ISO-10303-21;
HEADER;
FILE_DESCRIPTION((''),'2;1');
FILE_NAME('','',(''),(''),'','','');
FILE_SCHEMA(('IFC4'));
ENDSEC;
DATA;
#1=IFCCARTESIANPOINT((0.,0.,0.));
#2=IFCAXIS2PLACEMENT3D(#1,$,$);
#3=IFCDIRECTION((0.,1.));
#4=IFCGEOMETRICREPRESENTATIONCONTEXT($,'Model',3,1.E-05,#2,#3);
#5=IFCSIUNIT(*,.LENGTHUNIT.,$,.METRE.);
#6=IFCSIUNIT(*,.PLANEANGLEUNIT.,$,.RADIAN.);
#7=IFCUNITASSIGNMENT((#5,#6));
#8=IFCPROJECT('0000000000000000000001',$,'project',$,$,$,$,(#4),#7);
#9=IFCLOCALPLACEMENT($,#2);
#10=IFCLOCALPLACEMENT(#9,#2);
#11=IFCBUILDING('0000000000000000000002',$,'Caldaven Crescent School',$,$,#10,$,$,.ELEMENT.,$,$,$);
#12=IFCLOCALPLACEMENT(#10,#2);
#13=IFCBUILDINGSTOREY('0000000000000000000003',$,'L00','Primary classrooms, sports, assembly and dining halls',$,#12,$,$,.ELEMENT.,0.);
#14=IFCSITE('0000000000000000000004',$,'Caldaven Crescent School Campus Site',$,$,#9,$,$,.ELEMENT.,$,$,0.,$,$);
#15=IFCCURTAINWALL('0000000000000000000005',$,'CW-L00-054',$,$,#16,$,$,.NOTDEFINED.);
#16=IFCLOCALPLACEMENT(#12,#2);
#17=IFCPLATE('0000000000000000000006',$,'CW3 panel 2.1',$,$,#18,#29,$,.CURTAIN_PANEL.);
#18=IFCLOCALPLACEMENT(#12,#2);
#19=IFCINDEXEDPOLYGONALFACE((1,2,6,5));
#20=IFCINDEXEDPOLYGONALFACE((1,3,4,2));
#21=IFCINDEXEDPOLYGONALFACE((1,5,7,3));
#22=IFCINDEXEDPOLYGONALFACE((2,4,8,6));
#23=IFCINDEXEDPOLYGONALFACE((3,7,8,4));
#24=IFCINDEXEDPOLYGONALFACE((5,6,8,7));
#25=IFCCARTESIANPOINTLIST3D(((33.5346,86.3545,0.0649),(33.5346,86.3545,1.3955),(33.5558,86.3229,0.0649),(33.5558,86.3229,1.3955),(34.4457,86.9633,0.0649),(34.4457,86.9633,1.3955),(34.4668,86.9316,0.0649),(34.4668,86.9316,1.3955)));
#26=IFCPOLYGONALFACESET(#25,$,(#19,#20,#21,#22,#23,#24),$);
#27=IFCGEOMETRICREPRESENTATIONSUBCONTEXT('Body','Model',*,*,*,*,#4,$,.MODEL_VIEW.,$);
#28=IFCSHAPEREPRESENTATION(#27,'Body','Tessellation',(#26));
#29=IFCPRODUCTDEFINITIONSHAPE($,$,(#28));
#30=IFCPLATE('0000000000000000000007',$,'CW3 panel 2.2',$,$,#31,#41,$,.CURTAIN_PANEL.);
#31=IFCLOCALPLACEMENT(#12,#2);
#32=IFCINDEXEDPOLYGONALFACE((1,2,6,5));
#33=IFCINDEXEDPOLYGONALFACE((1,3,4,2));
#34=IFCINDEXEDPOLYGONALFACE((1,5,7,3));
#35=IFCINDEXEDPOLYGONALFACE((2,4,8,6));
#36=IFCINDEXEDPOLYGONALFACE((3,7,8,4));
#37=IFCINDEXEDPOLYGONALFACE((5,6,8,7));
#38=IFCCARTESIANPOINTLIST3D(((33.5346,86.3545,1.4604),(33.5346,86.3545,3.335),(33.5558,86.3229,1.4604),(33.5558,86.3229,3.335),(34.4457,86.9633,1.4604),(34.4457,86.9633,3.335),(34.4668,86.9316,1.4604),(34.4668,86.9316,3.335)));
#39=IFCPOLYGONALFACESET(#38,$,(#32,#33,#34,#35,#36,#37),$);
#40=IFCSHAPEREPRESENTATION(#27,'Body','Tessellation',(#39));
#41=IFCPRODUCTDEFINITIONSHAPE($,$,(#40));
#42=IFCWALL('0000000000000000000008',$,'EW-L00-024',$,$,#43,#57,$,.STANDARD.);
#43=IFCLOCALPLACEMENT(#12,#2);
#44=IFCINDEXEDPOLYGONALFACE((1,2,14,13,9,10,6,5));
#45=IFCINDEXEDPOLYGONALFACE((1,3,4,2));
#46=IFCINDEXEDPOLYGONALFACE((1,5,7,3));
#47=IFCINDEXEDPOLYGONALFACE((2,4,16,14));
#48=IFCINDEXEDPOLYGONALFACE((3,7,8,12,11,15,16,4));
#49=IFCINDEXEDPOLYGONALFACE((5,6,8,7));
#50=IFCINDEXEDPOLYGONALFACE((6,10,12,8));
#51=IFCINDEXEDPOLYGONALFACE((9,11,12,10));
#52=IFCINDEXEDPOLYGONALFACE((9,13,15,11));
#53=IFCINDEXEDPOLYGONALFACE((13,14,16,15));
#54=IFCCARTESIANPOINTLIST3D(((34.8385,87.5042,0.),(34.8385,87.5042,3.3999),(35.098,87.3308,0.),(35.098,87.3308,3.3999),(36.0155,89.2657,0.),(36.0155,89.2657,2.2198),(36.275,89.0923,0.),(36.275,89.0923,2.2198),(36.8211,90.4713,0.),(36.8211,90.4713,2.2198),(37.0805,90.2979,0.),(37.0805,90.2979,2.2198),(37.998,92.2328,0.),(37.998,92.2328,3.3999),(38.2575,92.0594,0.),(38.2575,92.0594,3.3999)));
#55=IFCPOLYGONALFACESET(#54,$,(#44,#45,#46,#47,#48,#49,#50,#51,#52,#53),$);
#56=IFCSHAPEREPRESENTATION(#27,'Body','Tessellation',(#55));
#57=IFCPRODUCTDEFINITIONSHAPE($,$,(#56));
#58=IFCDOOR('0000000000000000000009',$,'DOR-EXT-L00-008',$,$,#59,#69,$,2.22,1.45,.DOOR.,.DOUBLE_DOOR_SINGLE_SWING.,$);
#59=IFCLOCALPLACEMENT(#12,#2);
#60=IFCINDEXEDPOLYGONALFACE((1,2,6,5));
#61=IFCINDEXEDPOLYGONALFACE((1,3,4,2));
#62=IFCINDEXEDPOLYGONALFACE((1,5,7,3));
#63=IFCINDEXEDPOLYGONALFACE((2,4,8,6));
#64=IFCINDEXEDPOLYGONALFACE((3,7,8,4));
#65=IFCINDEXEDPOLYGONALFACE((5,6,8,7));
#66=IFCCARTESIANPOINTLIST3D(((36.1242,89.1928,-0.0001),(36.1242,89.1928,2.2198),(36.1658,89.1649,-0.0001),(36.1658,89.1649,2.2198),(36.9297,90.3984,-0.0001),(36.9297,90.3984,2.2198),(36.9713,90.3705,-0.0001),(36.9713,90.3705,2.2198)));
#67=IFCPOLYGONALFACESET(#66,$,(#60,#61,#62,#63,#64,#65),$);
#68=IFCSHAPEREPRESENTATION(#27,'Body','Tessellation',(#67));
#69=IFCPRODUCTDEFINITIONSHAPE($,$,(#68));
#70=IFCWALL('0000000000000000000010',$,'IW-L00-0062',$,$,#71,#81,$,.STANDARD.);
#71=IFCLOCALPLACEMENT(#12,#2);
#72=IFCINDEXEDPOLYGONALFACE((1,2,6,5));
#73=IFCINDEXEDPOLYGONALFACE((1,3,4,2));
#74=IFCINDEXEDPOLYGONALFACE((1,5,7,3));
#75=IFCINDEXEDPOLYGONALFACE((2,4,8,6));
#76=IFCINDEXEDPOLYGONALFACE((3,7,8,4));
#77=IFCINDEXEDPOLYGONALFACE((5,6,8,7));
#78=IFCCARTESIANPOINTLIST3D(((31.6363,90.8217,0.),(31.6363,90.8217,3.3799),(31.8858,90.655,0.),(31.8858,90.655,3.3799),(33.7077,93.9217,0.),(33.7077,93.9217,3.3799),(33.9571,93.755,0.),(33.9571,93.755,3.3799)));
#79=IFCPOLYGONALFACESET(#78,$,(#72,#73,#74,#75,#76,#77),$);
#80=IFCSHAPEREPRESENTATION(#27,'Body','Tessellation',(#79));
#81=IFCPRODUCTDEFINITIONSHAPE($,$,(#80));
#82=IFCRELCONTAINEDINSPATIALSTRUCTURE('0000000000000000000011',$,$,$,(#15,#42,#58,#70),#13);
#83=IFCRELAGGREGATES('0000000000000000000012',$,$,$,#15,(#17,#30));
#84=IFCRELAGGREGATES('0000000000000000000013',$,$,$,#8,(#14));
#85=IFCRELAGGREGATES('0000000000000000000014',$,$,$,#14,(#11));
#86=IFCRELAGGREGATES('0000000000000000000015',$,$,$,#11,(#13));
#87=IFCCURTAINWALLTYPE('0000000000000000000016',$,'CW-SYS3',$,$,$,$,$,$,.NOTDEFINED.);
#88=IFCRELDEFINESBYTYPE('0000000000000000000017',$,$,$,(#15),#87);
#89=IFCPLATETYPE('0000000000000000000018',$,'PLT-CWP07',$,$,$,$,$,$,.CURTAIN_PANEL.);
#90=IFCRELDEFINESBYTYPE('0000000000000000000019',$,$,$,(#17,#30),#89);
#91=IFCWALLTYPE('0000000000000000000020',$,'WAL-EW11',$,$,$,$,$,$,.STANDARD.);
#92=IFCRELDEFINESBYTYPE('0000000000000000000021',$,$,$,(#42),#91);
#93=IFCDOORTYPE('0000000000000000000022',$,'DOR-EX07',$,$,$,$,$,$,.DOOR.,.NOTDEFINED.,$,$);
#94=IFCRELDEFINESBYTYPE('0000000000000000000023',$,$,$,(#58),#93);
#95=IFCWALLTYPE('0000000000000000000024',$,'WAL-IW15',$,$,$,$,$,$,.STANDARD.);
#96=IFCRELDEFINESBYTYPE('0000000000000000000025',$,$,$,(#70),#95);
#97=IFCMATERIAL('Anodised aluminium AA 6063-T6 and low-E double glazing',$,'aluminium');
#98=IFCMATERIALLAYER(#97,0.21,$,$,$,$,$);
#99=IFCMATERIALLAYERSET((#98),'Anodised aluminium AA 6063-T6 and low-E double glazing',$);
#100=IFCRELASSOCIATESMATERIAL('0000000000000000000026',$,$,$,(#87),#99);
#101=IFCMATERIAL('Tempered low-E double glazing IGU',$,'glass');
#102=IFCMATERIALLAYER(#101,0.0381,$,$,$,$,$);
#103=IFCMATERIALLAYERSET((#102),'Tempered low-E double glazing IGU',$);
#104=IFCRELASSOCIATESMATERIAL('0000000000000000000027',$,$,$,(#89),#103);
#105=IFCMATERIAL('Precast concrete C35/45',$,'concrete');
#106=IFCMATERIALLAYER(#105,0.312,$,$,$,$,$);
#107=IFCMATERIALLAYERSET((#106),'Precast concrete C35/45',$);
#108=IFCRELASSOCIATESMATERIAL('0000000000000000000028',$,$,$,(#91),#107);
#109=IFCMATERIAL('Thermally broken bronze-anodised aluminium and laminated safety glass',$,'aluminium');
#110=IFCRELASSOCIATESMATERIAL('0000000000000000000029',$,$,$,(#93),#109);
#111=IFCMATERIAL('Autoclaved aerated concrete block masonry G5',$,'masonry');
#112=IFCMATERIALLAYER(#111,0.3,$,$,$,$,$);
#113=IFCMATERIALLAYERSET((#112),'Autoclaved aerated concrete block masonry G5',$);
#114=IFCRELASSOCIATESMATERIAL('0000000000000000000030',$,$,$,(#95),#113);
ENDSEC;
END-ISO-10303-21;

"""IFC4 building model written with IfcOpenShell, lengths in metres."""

from ifc_helpers import new_model, si_unit, direction, frame, frame_2d, origin, origin_2d, place, context, subcontext, project, spatial, rectangle, extrude, material, layer, layer_set, type_object, element, fill, aggregate, save


model = new_model("IFC4")

# Units and contexts
model_context = context("Model", 3, precision=1e-05, world=origin(), true_north=direction((0.0, 1.0)))
body_context = subcontext(model_context, "Body", "Model", "MODEL_VIEW")
ifc_project = project(units=[si_unit("LENGTHUNIT", "METRE"), si_unit("PLANEANGLEUNIT", "RADIAN")], contexts=[model_context])

# Site, building, storey
site_placement = place(None, origin())
site = spatial("IfcSite", under=ifc_project, at=site_placement, Name="Caldaven Crescent School Campus Site", CompositionType="ELEMENT", RefElevation=0.0)
building_placement = place(site_placement, origin())
building = spatial("IfcBuilding", under=site, at=building_placement, Name="Caldaven Crescent School", CompositionType="ELEMENT")
storey_placement = place(building_placement, origin())
storey = spatial("IfcBuildingStorey", under=building, at=storey_placement, Name="L00", Description="Primary classrooms, sports, assembly and dining halls", CompositionType="ELEMENT", Elevation=0.0)

# Curtain wall
ifc_material_1 = material(Name="Anodised aluminium AA 6063-T6 and low-E double glazing", Category="aluminium")
ifc_layer_1 = layer(ifc_material_1, 0.21)
ifc_layer_set_1 = layer_set([ifc_layer_1], Name="Anodised aluminium AA 6063-T6 and low-E double glazing")
curtain_wall_type = type_object("IfcCurtainWallType", Name="CW-SYS3", PredefinedType="NOTDEFINED", material=ifc_layer_set_1)
curtain_wall_placement = place(storey_placement, origin())
curtain_wall = element("IfcCurtainWall", 1, at=curtain_wall_placement, inside=storey, type_object=curtain_wall_type, Name="CW-L00-054", PredefinedType="NOTDEFINED")

# Plates
ifc_material_2 = material(Name="Tempered low-E double glazing IGU", Category="glass")
ifc_layer_2 = layer(ifc_material_2, 0.0381)
ifc_layer_set_2 = layer_set([ifc_layer_2], Name="Tempered low-E double glazing IGU")
plate_type_1 = type_object("IfcPlateType", Name="PLT-CWP07", PredefinedType="CURTAIN_PANEL", material=ifc_layer_set_2)
plate_1_placement = place(storey_placement, frame((34.0007, 86.6431, 0.0649), z_axis=(0.0, 0.0, 1.0), x_axis=(0.831468, 0.555572, 0.0)))
plate_1 = element("IfcPlate", 2, at=plate_1_placement, type_object=plate_type_1, Name="CW3 panel 2.1", PredefinedType="CURTAIN_PANEL", context=body_context, shape_type="SweptSolid", body=[
    extrude(rectangle(XDim=1.0957, YDim=0.0381, at=origin_2d()), origin(), (0.0, 0.0, 1.0), 1.3306),
])
plate_2_placement = place(storey_placement, frame((34.0007, 86.6431, 1.4604), z_axis=(0.0, 0.0, 1.0), x_axis=(0.831468, 0.555572, 0.0)))
plate_2 = element("IfcPlate", 3, at=plate_2_placement, type_object=plate_type_1, Name="CW3 panel 2.2", PredefinedType="CURTAIN_PANEL", context=body_context, shape_type="SweptSolid", body=[
    extrude(rectangle(XDim=1.0957, YDim=0.0381, at=origin_2d()), origin(), (0.0, 0.0, 1.0), 1.8745),
])
aggregate(curtain_wall, [plate_1, plate_2])

# Wall, opening, door
ifc_material_3 = material(Name="Precast concrete C35/45", Category="concrete")
ifc_layer_3 = layer(ifc_material_3, 0.312)
ifc_layer_set_3 = layer_set([ifc_layer_3], Name="Precast concrete C35/45")
wall_type_1 = type_object("IfcWallType", Name="WAL-EW11", PredefinedType="STANDARD", material=ifc_layer_set_3)
wall_1_placement = place(storey_placement, frame((34.9683, 87.4175, 0.0), z_axis=(0.0, 0.0, 1.0), x_axis=(0.555562, 0.831475, 0.0)))
wall_1 = element("IfcWall", 4, at=wall_1_placement, inside=storey, type_object=wall_type_1, Name="EW-L00-024", PredefinedType="STANDARD", context=body_context, shape_type="SweptSolid", body=[
    extrude(rectangle(XDim=5.687, YDim=0.312, at=frame_2d((2.8435, 0.0))), origin(), (0.0, 0.0, 1.0), 3.3999),
])
opening_placement = place(wall_1_placement, frame((2.1184, 0.0, 0.0)))
opening = element("IfcOpeningElement", 5, at=opening_placement, cuts=wall_1, PredefinedType="OPENING", context=body_context, shape_type="SweptSolid", body=[
    extrude(rectangle(XDim=1.45, YDim=2.22, at=frame_2d((0.7251, 1.1099))), frame((0.0, 0.166, 0.0), z_axis=(0.0, -1.0, 0.0), x_axis=(1.0, 0.0, 0.0)), (0.0, 0.0, 1.0), 0.332),
])
ifc_material_4 = material(Name="Thermally broken bronze-anodised aluminium and laminated safety glass", Category="aluminium")
door_type = type_object("IfcDoorType", Name="DOR-EX07", OperationType="NOTDEFINED", PredefinedType="DOOR", material=ifc_material_4)
door_placement = place(opening_placement, frame((1.45, 0.0, 0.0), z_axis=(0.0, 0.0, 1.0), x_axis=(-1.0, 0.0, 0.0)))
door = element("IfcDoor", 6, at=door_placement, inside=storey, type_object=door_type, Name="DOR-EXT-L00-008", OperationType="DOUBLE_DOOR_SINGLE_SWING", OverallHeight=2.22, OverallWidth=1.45, PredefinedType="DOOR", context=body_context, shape_type="SweptSolid", body=[
    extrude(rectangle(XDim=1.45, YDim=2.22, at=frame_2d((0.7251, 1.1099))), frame((0.0, 0.0249, 0.0), z_axis=(0.0, -1.0, 0.0), x_axis=(1.0, 0.0, 0.0)), (0.0, 0.0, 1.0), 0.05),
])
fill(opening, door)

# Wall
ifc_material_5 = material(Name="Autoclaved aerated concrete block masonry G5", Category="masonry")
ifc_layer_4 = layer(ifc_material_5, 0.3)
ifc_layer_set_4 = layer_set([ifc_layer_4], Name="Autoclaved aerated concrete block masonry G5")
wall_type_2 = type_object("IfcWallType", Name="WAL-IW15", PredefinedType="STANDARD", material=ifc_layer_set_4)
wall_2_placement = place(storey_placement, frame((31.761, 90.7383, 0.0), z_axis=(0.0, 0.0, 1.0), x_axis=(0.555576, 0.831466, 0.0)))
element("IfcWall", 7, at=wall_2_placement, inside=storey, type_object=wall_type_2, Name="IW-L00-0062", PredefinedType="STANDARD", context=body_context, shape_type="SweptSolid", body=[
    extrude(rectangle(XDim=3.7283, YDim=0.3, at=frame_2d((1.8643, 0.0))), origin(), (0.0, 0.0, 1.0), 3.3799),
])

save(model, "model.ifc")
